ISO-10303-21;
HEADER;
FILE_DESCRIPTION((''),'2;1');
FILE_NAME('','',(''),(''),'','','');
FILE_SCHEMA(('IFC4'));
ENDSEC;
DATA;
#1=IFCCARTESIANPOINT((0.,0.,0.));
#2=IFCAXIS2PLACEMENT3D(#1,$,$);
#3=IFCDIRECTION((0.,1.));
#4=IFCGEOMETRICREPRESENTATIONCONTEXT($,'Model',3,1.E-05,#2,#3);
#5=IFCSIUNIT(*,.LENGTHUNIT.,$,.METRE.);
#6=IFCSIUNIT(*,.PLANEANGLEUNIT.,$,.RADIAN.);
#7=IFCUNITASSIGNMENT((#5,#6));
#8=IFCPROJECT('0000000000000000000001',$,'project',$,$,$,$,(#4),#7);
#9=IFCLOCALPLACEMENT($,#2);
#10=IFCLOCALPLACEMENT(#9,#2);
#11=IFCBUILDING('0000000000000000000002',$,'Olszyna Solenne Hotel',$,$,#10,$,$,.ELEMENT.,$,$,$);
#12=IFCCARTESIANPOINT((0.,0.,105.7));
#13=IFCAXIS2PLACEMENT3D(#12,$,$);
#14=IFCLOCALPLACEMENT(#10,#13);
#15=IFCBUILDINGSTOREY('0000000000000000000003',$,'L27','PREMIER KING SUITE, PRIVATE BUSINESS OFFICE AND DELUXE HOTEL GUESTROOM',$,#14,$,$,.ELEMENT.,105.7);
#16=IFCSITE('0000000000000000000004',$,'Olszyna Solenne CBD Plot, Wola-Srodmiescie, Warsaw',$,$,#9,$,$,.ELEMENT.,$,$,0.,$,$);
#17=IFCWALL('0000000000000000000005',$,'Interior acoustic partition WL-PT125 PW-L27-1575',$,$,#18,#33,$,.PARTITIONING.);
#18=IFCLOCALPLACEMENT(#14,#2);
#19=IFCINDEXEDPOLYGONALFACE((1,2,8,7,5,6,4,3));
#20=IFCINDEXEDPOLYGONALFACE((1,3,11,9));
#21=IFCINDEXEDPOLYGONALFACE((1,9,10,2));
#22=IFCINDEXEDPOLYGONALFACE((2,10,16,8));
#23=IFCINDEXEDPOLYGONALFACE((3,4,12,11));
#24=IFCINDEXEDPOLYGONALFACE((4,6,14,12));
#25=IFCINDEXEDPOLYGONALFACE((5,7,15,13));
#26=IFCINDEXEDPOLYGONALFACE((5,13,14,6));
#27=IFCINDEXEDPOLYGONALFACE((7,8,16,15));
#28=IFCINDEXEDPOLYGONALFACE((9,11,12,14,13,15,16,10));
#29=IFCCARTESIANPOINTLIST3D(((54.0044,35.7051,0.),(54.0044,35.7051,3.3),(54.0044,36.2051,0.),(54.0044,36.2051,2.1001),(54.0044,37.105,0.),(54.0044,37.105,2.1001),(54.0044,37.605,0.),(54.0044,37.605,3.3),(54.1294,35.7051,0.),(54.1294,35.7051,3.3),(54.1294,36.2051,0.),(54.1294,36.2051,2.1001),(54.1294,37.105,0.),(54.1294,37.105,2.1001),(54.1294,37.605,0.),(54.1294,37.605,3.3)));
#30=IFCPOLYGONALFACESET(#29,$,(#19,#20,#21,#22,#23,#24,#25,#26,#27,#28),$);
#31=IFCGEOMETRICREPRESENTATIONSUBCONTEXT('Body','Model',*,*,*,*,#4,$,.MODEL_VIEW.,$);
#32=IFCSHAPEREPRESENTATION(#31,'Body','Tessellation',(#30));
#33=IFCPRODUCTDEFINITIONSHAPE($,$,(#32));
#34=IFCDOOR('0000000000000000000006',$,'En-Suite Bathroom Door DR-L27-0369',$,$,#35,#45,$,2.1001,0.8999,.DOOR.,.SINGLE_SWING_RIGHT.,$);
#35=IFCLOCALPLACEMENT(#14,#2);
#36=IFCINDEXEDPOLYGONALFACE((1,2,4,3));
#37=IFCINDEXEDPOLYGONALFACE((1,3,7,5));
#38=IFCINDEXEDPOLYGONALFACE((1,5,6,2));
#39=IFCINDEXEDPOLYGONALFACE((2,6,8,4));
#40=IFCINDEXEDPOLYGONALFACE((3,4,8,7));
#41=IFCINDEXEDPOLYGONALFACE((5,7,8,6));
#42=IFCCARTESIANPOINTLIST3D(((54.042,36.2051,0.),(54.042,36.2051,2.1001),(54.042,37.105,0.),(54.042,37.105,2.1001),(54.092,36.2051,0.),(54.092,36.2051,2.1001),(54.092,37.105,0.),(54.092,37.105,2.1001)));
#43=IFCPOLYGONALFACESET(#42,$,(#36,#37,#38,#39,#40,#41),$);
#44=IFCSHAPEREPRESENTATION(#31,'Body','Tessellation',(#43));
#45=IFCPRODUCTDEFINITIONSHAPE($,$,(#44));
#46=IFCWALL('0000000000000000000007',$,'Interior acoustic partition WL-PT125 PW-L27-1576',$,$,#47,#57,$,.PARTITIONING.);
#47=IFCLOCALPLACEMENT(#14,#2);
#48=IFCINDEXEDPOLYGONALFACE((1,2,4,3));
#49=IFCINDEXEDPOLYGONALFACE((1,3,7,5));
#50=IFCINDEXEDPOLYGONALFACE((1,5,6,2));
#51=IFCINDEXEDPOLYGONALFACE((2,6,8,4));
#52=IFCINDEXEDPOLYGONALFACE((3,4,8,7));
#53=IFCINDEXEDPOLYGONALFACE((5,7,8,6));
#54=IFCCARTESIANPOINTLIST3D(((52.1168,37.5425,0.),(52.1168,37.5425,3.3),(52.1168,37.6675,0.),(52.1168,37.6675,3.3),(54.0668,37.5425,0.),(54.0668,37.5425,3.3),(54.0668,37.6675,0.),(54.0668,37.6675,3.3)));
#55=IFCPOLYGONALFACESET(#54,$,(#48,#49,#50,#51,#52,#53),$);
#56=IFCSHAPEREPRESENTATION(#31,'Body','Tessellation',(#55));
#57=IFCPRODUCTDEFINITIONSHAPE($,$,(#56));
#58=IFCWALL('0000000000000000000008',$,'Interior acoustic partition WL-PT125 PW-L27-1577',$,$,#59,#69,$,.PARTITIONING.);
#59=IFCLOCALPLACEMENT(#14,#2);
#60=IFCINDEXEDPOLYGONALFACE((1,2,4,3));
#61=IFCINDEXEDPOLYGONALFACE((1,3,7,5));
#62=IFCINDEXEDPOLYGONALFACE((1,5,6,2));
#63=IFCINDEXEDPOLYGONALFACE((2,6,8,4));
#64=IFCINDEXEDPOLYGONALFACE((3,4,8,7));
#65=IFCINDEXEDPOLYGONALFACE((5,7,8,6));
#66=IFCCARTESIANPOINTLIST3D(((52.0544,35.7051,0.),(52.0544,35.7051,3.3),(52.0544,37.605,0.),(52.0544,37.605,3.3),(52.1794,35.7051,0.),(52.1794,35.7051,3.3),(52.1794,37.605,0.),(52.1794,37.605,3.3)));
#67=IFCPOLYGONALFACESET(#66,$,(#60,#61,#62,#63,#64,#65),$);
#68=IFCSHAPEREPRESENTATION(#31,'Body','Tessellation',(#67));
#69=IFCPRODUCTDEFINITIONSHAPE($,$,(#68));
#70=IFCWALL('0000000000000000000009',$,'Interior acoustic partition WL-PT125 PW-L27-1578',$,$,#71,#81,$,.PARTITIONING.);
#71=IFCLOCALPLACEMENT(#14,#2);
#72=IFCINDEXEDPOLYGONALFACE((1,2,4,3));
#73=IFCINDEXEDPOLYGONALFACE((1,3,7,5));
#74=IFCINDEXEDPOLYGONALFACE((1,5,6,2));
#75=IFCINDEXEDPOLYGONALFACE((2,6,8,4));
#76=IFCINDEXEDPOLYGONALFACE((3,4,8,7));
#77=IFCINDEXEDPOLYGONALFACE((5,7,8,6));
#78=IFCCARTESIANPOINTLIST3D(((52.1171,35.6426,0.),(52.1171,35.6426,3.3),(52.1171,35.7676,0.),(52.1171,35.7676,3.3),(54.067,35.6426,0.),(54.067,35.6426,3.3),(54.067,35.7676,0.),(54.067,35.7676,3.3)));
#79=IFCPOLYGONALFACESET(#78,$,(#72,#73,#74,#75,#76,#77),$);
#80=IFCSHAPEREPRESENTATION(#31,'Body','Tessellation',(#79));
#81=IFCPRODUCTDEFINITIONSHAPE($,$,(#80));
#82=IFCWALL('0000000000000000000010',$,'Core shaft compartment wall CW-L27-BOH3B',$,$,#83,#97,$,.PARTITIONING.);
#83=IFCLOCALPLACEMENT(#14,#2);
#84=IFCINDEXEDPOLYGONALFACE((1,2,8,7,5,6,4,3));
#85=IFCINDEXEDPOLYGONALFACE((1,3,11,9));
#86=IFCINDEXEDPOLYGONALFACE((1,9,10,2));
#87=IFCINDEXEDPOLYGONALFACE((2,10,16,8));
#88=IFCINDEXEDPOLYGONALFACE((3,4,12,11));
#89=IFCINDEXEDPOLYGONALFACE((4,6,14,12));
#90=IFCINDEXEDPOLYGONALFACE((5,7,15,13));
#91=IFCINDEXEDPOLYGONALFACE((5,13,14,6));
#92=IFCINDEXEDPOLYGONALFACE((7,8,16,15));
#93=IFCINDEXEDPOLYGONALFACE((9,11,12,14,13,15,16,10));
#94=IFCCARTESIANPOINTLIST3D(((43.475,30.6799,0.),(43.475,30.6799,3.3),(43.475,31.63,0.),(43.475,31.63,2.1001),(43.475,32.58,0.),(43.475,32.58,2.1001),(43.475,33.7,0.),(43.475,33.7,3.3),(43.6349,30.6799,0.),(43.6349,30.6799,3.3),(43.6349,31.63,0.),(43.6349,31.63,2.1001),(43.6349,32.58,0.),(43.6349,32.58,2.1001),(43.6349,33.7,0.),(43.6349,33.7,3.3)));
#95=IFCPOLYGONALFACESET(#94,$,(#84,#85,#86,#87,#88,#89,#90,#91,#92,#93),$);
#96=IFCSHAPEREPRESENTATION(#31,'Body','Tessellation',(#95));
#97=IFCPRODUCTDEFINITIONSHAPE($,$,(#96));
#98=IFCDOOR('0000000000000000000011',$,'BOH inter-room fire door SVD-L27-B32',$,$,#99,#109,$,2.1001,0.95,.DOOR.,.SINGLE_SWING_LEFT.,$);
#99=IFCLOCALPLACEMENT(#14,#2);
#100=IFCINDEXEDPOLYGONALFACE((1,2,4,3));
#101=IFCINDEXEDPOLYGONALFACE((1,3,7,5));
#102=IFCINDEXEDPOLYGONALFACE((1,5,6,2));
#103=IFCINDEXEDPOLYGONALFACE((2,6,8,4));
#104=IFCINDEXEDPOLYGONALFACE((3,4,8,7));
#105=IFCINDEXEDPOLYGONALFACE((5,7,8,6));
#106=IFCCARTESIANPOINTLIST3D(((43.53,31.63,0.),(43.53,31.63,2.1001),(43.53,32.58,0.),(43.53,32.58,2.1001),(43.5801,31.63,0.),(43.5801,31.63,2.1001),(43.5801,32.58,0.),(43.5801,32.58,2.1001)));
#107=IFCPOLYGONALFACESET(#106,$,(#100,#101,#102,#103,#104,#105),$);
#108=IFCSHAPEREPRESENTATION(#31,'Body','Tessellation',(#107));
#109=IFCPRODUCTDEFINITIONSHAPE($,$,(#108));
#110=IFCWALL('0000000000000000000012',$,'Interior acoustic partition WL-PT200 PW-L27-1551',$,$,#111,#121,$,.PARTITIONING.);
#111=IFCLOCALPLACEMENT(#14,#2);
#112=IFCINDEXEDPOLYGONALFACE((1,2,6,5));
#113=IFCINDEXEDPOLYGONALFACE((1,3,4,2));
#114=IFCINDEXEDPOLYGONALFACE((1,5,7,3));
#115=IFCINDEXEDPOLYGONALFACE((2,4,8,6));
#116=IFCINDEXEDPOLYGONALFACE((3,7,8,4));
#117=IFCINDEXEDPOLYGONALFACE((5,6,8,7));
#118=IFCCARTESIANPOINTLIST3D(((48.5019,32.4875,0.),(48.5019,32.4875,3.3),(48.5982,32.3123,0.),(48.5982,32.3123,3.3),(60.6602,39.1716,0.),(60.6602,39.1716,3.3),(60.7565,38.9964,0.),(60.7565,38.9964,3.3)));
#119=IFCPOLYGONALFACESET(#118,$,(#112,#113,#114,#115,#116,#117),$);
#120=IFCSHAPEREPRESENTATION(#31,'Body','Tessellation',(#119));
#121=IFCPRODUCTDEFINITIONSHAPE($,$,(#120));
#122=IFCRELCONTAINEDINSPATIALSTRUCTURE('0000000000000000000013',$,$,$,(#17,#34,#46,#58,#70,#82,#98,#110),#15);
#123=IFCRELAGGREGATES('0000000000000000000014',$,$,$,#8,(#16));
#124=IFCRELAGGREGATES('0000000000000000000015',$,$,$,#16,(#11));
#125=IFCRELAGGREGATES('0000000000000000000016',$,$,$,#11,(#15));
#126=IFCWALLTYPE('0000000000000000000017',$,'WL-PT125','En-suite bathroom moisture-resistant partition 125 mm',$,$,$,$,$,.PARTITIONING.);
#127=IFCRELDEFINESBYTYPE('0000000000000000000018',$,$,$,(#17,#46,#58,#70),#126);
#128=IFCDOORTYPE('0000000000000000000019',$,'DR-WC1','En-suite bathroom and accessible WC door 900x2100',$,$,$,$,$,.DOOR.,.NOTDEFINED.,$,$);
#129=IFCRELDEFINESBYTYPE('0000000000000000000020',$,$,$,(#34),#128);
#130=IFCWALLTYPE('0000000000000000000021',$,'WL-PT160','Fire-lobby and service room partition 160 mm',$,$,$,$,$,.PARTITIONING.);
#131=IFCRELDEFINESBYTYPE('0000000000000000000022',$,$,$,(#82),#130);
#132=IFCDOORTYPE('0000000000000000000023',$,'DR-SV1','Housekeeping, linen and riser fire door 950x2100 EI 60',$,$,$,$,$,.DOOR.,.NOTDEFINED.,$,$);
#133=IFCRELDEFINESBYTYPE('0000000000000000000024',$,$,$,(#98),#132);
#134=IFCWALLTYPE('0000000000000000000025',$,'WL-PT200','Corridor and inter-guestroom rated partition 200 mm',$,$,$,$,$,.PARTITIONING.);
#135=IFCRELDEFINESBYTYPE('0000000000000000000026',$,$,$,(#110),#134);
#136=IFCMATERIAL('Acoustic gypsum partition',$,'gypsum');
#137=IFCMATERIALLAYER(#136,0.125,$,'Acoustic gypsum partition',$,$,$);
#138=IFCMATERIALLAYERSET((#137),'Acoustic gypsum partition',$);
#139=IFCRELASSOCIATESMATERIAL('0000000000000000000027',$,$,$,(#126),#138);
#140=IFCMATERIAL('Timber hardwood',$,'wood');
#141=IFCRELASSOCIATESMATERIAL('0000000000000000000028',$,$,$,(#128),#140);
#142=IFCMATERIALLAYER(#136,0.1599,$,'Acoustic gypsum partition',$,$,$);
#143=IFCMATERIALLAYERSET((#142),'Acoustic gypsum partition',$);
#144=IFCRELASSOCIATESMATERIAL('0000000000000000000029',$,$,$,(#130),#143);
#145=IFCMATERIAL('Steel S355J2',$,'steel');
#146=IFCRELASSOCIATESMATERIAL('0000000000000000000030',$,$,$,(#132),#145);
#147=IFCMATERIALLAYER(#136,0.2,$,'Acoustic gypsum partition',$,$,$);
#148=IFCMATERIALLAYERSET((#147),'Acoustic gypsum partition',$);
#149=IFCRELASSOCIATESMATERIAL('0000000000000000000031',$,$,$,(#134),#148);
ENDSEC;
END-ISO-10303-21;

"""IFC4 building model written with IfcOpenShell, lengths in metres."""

from ifc_helpers import new_model, si_unit, direction, frame, frame_2d, origin, place, context, subcontext, project, spatial, rectangle, extrude, source, transform, mapped, material, layer, layer_set, type_object, type_shapes, element, fill, save


model = new_model("IFC4")

# Units and contexts
model_context = context("Model", 3, precision=1e-05, world=origin(), true_north=direction((0.0, 1.0)))
body_context = subcontext(model_context, "Body", "Model", "MODEL_VIEW")
ifc_project = project(units=[si_unit("LENGTHUNIT", "METRE"), si_unit("PLANEANGLEUNIT", "RADIAN")], contexts=[model_context])

# Site, building, storey
site_placement = place(None, origin())
site = spatial("IfcSite", under=ifc_project, at=site_placement, Name="Olszyna Solenne CBD Plot, Wola-Srodmiescie, Warsaw", CompositionType="ELEMENT", RefElevation=0.0)
building_placement = place(site_placement, origin())
building = spatial("IfcBuilding", under=site, at=building_placement, Name="Olszyna Solenne Hotel", CompositionType="ELEMENT")
storey_placement = place(building_placement, frame((0.0, 0.0, 105.7)))
storey = spatial("IfcBuildingStorey", under=building, at=storey_placement, Name="L27", Description="PREMIER KING SUITE, PRIVATE BUSINESS OFFICE AND DELUXE HOTEL GUESTROOM", CompositionType="ELEMENT", Elevation=105.7)

# Shared definitions
ifc_material_1 = material(Name="Steel S355J2", Category="steel")

# Shared definitions
ifc_material_2 = material(Name="Timber hardwood", Category="wood")

# Shared definitions
ifc_material_3 = material(Name="Acoustic gypsum partition", Category="gypsum")
ifc_layer_1 = layer(ifc_material_3, 0.125, Name="Acoustic gypsum partition")
ifc_layer_set_1 = layer_set([ifc_layer_1], Name="Acoustic gypsum partition")
wall_type_1 = type_object("IfcWallType", Name="WL-PT125", Description="En-suite bathroom moisture-resistant partition 125 mm", PredefinedType="PARTITIONING", material=ifc_layer_set_1)
door_type_1 = type_object("IfcDoorType", Name="DR-WC1", Description="En-suite bathroom and accessible WC door 900x2100", OperationType="NOTDEFINED", PredefinedType="DOOR", material=ifc_material_2)
shared_shape_1 = source(origin(), body_context, "Body", "SweptSolid", [
    extrude(rectangle(XDim=0.8999, YDim=2.1001, at=frame_2d((0.45, 1.05))), frame((0.0, 0.0249, 0.0), z_axis=(0.0, -1.0, 0.0), x_axis=(1.0, 0.0, 0.0)), (0.0, 0.0, 1.0), 0.05),
])
type_shapes(door_type_1, [shared_shape_1])

# Wall, opening, door
wall_1_placement = place(storey_placement, frame((54.0669, 35.7051, 0.0), z_axis=(0.0, 0.0, 1.0), x_axis=(0.0, 1.0, 0.0)))
wall_1 = element("IfcWall", 1, at=wall_1_placement, inside=storey, type_object=wall_type_1, Name="Interior acoustic partition WL-PT125 PW-L27-1575", PredefinedType="PARTITIONING", context=body_context, shape_type="SweptSolid", body=[
    extrude(rectangle(XDim=1.8999, YDim=0.125, at=frame_2d((0.95, 0.0))), origin(), (0.0, 0.0, 1.0), 3.3),
])
opening_1_placement = place(wall_1_placement, frame((0.5, 0.0, 0.0)))
opening_1 = element("IfcOpeningElement", 2, at=opening_1_placement, cuts=wall_1, PredefinedType="OPENING", context=body_context, shape_type="SweptSolid", body=[
    extrude(rectangle(XDim=0.8999, YDim=2.1001, at=frame_2d((0.45, 1.05))), frame((0.0, 0.0725, 0.0), z_axis=(0.0, -1.0, 0.0), x_axis=(1.0, 0.0, 0.0)), (0.0, 0.0, 1.0), 0.145),
])
door_1_placement = place(opening_1_placement, origin())
door_1 = element("IfcDoor", 3, at=door_1_placement, inside=storey, type_object=door_type_1, Name="En-Suite Bathroom Door DR-L27-0369", OperationType="SINGLE_SWING_RIGHT", OverallHeight=2.1001, OverallWidth=0.8999, PredefinedType="DOOR", context=body_context, shape_type="MappedRepresentation", body=[
    mapped(shared_shape_1, transform((0.0, 0.0, 0.0), x_axis=(1.0, 0.0, 0.0), y_axis=(0.0, 1.0, 0.0), z_axis=(0.0, 0.0, 1.0), scale=1.0)),
])
fill(opening_1, door_1)

# Walls
wall_2_placement = place(storey_placement, frame((54.0669, 37.605, 0.0), z_axis=(0.0, 0.0, 1.0), x_axis=(-1.0, 0.0, 0.0)))
element("IfcWall", 4, at=wall_2_placement, inside=storey, type_object=wall_type_1, Name="Interior acoustic partition WL-PT125 PW-L27-1576", PredefinedType="PARTITIONING", context=body_context, shape_type="SweptSolid", body=[
    extrude(rectangle(XDim=1.95, YDim=0.125, at=frame_2d((0.9751, 0.0))), origin(), (0.0, 0.0, 1.0), 3.3),
])
wall_3_placement = place(storey_placement, frame((52.1169, 37.605, 0.0), z_axis=(0.0, 0.0, 1.0), x_axis=(0.0, -1.0, 0.0)))
element("IfcWall", 5, at=wall_3_placement, inside=storey, type_object=wall_type_1, Name="Interior acoustic partition WL-PT125 PW-L27-1577", PredefinedType="PARTITIONING", context=body_context, shape_type="SweptSolid", body=[
    extrude(rectangle(XDim=1.8999, YDim=0.125, at=frame_2d((0.95, 0.0))), origin(), (0.0, 0.0, 1.0), 3.3),
])
wall_4_placement = place(storey_placement, frame((52.1169, 35.7051, 0.0), z_axis=(0.0, 0.0, 1.0), x_axis=(1.0, 0.0, 0.0)))
element("IfcWall", 6, at=wall_4_placement, inside=storey, type_object=wall_type_1, Name="Interior acoustic partition WL-PT125 PW-L27-1578", PredefinedType="PARTITIONING", context=body_context, shape_type="SweptSolid", body=[
    extrude(rectangle(XDim=1.95, YDim=0.125, at=frame_2d((0.9751, 0.0))), origin(), (0.0, 0.0, 1.0), 3.3),
])

# Wall, opening, door
ifc_layer_2 = layer(ifc_material_3, 0.1599, Name="Acoustic gypsum partition")
ifc_layer_set_2 = layer_set([ifc_layer_2], Name="Acoustic gypsum partition")
wall_type_2 = type_object("IfcWallType", Name="WL-PT160", Description="Fire-lobby and service room partition 160 mm", PredefinedType="PARTITIONING", material=ifc_layer_set_2)
wall_5_placement = place(storey_placement, frame((43.5549, 30.6799, 0.0), z_axis=(0.0, 0.0, 1.0), x_axis=(0.0, 1.0, 0.0)))
wall_5 = element("IfcWall", 7, at=wall_5_placement, inside=storey, type_object=wall_type_2, Name="Core shaft compartment wall CW-L27-BOH3B", PredefinedType="PARTITIONING", context=body_context, shape_type="SweptSolid", body=[
    extrude(rectangle(XDim=3.02, YDim=0.1599, at=frame_2d((1.51, 0.0))), origin(), (0.0, 0.0, 1.0), 3.3),
])
opening_2_placement = place(wall_5_placement, frame((0.95, 0.0, 0.0)))
opening_2 = element("IfcOpeningElement", 8, at=opening_2_placement, cuts=wall_5, PredefinedType="OPENING", context=body_context, shape_type="SweptSolid", body=[
    extrude(rectangle(XDim=0.95, YDim=2.1001, at=frame_2d((0.4751, 1.05))), frame((0.0, 0.0898, 0.0), z_axis=(0.0, -1.0, 0.0), x_axis=(1.0, 0.0, 0.0)), (0.0, 0.0, 1.0), 0.1799),
])
door_type_2 = type_object("IfcDoorType", Name="DR-SV1", Description="Housekeeping, linen and riser fire door 950x2100 EI 60", OperationType="NOTDEFINED", PredefinedType="DOOR", material=ifc_material_1)
shared_shape_2 = source(origin(), body_context, "Body", "SweptSolid", [
    extrude(rectangle(XDim=0.95, YDim=2.1001, at=frame_2d((0.4751, 1.05))), frame((0.0, 0.0249, 0.0), z_axis=(0.0, -1.0, 0.0), x_axis=(1.0, 0.0, 0.0)), (0.0, 0.0, 1.0), 0.05),
])
type_shapes(door_type_2, [shared_shape_2])
door_2_placement = place(opening_2_placement, origin())
door_2 = element("IfcDoor", 9, at=door_2_placement, inside=storey, type_object=door_type_2, Name="BOH inter-room fire door SVD-L27-B32", OperationType="SINGLE_SWING_LEFT", OverallHeight=2.1001, OverallWidth=0.95, PredefinedType="DOOR", context=body_context, shape_type="MappedRepresentation", body=[
    mapped(shared_shape_2, transform((0.0, 0.0, 0.0), x_axis=(1.0, 0.0, 0.0), y_axis=(0.0, 1.0, 0.0), z_axis=(0.0, 0.0, 1.0), scale=1.0)),
])
fill(opening_2, door_2)

# Wall
ifc_layer_3 = layer(ifc_material_3, 0.2, Name="Acoustic gypsum partition")
ifc_layer_set_3 = layer_set([ifc_layer_3], Name="Acoustic gypsum partition")
wall_type_3 = type_object("IfcWallType", Name="WL-PT200", Description="Corridor and inter-guestroom rated partition 200 mm", PredefinedType="PARTITIONING", material=ifc_layer_set_3)
wall_6_placement = place(storey_placement, frame((48.55, 32.3999, 0.0), z_axis=(0.0, 0.0, 1.0), x_axis=(0.876305, 0.481757, 0.0)))
element("IfcWall", 10, at=wall_6_placement, inside=storey, type_object=wall_type_3, Name="Interior acoustic partition WL-PT200 PW-L27-1551", PredefinedType="PARTITIONING", context=body_context, shape_type="SweptSolid", body=[
    extrude(rectangle(XDim=13.8745, YDim=0.2, at=frame_2d((6.9373, 0.0))), origin(), (0.0, 0.0, 1.0), 3.3),
])

save(model, "model.ifc")
